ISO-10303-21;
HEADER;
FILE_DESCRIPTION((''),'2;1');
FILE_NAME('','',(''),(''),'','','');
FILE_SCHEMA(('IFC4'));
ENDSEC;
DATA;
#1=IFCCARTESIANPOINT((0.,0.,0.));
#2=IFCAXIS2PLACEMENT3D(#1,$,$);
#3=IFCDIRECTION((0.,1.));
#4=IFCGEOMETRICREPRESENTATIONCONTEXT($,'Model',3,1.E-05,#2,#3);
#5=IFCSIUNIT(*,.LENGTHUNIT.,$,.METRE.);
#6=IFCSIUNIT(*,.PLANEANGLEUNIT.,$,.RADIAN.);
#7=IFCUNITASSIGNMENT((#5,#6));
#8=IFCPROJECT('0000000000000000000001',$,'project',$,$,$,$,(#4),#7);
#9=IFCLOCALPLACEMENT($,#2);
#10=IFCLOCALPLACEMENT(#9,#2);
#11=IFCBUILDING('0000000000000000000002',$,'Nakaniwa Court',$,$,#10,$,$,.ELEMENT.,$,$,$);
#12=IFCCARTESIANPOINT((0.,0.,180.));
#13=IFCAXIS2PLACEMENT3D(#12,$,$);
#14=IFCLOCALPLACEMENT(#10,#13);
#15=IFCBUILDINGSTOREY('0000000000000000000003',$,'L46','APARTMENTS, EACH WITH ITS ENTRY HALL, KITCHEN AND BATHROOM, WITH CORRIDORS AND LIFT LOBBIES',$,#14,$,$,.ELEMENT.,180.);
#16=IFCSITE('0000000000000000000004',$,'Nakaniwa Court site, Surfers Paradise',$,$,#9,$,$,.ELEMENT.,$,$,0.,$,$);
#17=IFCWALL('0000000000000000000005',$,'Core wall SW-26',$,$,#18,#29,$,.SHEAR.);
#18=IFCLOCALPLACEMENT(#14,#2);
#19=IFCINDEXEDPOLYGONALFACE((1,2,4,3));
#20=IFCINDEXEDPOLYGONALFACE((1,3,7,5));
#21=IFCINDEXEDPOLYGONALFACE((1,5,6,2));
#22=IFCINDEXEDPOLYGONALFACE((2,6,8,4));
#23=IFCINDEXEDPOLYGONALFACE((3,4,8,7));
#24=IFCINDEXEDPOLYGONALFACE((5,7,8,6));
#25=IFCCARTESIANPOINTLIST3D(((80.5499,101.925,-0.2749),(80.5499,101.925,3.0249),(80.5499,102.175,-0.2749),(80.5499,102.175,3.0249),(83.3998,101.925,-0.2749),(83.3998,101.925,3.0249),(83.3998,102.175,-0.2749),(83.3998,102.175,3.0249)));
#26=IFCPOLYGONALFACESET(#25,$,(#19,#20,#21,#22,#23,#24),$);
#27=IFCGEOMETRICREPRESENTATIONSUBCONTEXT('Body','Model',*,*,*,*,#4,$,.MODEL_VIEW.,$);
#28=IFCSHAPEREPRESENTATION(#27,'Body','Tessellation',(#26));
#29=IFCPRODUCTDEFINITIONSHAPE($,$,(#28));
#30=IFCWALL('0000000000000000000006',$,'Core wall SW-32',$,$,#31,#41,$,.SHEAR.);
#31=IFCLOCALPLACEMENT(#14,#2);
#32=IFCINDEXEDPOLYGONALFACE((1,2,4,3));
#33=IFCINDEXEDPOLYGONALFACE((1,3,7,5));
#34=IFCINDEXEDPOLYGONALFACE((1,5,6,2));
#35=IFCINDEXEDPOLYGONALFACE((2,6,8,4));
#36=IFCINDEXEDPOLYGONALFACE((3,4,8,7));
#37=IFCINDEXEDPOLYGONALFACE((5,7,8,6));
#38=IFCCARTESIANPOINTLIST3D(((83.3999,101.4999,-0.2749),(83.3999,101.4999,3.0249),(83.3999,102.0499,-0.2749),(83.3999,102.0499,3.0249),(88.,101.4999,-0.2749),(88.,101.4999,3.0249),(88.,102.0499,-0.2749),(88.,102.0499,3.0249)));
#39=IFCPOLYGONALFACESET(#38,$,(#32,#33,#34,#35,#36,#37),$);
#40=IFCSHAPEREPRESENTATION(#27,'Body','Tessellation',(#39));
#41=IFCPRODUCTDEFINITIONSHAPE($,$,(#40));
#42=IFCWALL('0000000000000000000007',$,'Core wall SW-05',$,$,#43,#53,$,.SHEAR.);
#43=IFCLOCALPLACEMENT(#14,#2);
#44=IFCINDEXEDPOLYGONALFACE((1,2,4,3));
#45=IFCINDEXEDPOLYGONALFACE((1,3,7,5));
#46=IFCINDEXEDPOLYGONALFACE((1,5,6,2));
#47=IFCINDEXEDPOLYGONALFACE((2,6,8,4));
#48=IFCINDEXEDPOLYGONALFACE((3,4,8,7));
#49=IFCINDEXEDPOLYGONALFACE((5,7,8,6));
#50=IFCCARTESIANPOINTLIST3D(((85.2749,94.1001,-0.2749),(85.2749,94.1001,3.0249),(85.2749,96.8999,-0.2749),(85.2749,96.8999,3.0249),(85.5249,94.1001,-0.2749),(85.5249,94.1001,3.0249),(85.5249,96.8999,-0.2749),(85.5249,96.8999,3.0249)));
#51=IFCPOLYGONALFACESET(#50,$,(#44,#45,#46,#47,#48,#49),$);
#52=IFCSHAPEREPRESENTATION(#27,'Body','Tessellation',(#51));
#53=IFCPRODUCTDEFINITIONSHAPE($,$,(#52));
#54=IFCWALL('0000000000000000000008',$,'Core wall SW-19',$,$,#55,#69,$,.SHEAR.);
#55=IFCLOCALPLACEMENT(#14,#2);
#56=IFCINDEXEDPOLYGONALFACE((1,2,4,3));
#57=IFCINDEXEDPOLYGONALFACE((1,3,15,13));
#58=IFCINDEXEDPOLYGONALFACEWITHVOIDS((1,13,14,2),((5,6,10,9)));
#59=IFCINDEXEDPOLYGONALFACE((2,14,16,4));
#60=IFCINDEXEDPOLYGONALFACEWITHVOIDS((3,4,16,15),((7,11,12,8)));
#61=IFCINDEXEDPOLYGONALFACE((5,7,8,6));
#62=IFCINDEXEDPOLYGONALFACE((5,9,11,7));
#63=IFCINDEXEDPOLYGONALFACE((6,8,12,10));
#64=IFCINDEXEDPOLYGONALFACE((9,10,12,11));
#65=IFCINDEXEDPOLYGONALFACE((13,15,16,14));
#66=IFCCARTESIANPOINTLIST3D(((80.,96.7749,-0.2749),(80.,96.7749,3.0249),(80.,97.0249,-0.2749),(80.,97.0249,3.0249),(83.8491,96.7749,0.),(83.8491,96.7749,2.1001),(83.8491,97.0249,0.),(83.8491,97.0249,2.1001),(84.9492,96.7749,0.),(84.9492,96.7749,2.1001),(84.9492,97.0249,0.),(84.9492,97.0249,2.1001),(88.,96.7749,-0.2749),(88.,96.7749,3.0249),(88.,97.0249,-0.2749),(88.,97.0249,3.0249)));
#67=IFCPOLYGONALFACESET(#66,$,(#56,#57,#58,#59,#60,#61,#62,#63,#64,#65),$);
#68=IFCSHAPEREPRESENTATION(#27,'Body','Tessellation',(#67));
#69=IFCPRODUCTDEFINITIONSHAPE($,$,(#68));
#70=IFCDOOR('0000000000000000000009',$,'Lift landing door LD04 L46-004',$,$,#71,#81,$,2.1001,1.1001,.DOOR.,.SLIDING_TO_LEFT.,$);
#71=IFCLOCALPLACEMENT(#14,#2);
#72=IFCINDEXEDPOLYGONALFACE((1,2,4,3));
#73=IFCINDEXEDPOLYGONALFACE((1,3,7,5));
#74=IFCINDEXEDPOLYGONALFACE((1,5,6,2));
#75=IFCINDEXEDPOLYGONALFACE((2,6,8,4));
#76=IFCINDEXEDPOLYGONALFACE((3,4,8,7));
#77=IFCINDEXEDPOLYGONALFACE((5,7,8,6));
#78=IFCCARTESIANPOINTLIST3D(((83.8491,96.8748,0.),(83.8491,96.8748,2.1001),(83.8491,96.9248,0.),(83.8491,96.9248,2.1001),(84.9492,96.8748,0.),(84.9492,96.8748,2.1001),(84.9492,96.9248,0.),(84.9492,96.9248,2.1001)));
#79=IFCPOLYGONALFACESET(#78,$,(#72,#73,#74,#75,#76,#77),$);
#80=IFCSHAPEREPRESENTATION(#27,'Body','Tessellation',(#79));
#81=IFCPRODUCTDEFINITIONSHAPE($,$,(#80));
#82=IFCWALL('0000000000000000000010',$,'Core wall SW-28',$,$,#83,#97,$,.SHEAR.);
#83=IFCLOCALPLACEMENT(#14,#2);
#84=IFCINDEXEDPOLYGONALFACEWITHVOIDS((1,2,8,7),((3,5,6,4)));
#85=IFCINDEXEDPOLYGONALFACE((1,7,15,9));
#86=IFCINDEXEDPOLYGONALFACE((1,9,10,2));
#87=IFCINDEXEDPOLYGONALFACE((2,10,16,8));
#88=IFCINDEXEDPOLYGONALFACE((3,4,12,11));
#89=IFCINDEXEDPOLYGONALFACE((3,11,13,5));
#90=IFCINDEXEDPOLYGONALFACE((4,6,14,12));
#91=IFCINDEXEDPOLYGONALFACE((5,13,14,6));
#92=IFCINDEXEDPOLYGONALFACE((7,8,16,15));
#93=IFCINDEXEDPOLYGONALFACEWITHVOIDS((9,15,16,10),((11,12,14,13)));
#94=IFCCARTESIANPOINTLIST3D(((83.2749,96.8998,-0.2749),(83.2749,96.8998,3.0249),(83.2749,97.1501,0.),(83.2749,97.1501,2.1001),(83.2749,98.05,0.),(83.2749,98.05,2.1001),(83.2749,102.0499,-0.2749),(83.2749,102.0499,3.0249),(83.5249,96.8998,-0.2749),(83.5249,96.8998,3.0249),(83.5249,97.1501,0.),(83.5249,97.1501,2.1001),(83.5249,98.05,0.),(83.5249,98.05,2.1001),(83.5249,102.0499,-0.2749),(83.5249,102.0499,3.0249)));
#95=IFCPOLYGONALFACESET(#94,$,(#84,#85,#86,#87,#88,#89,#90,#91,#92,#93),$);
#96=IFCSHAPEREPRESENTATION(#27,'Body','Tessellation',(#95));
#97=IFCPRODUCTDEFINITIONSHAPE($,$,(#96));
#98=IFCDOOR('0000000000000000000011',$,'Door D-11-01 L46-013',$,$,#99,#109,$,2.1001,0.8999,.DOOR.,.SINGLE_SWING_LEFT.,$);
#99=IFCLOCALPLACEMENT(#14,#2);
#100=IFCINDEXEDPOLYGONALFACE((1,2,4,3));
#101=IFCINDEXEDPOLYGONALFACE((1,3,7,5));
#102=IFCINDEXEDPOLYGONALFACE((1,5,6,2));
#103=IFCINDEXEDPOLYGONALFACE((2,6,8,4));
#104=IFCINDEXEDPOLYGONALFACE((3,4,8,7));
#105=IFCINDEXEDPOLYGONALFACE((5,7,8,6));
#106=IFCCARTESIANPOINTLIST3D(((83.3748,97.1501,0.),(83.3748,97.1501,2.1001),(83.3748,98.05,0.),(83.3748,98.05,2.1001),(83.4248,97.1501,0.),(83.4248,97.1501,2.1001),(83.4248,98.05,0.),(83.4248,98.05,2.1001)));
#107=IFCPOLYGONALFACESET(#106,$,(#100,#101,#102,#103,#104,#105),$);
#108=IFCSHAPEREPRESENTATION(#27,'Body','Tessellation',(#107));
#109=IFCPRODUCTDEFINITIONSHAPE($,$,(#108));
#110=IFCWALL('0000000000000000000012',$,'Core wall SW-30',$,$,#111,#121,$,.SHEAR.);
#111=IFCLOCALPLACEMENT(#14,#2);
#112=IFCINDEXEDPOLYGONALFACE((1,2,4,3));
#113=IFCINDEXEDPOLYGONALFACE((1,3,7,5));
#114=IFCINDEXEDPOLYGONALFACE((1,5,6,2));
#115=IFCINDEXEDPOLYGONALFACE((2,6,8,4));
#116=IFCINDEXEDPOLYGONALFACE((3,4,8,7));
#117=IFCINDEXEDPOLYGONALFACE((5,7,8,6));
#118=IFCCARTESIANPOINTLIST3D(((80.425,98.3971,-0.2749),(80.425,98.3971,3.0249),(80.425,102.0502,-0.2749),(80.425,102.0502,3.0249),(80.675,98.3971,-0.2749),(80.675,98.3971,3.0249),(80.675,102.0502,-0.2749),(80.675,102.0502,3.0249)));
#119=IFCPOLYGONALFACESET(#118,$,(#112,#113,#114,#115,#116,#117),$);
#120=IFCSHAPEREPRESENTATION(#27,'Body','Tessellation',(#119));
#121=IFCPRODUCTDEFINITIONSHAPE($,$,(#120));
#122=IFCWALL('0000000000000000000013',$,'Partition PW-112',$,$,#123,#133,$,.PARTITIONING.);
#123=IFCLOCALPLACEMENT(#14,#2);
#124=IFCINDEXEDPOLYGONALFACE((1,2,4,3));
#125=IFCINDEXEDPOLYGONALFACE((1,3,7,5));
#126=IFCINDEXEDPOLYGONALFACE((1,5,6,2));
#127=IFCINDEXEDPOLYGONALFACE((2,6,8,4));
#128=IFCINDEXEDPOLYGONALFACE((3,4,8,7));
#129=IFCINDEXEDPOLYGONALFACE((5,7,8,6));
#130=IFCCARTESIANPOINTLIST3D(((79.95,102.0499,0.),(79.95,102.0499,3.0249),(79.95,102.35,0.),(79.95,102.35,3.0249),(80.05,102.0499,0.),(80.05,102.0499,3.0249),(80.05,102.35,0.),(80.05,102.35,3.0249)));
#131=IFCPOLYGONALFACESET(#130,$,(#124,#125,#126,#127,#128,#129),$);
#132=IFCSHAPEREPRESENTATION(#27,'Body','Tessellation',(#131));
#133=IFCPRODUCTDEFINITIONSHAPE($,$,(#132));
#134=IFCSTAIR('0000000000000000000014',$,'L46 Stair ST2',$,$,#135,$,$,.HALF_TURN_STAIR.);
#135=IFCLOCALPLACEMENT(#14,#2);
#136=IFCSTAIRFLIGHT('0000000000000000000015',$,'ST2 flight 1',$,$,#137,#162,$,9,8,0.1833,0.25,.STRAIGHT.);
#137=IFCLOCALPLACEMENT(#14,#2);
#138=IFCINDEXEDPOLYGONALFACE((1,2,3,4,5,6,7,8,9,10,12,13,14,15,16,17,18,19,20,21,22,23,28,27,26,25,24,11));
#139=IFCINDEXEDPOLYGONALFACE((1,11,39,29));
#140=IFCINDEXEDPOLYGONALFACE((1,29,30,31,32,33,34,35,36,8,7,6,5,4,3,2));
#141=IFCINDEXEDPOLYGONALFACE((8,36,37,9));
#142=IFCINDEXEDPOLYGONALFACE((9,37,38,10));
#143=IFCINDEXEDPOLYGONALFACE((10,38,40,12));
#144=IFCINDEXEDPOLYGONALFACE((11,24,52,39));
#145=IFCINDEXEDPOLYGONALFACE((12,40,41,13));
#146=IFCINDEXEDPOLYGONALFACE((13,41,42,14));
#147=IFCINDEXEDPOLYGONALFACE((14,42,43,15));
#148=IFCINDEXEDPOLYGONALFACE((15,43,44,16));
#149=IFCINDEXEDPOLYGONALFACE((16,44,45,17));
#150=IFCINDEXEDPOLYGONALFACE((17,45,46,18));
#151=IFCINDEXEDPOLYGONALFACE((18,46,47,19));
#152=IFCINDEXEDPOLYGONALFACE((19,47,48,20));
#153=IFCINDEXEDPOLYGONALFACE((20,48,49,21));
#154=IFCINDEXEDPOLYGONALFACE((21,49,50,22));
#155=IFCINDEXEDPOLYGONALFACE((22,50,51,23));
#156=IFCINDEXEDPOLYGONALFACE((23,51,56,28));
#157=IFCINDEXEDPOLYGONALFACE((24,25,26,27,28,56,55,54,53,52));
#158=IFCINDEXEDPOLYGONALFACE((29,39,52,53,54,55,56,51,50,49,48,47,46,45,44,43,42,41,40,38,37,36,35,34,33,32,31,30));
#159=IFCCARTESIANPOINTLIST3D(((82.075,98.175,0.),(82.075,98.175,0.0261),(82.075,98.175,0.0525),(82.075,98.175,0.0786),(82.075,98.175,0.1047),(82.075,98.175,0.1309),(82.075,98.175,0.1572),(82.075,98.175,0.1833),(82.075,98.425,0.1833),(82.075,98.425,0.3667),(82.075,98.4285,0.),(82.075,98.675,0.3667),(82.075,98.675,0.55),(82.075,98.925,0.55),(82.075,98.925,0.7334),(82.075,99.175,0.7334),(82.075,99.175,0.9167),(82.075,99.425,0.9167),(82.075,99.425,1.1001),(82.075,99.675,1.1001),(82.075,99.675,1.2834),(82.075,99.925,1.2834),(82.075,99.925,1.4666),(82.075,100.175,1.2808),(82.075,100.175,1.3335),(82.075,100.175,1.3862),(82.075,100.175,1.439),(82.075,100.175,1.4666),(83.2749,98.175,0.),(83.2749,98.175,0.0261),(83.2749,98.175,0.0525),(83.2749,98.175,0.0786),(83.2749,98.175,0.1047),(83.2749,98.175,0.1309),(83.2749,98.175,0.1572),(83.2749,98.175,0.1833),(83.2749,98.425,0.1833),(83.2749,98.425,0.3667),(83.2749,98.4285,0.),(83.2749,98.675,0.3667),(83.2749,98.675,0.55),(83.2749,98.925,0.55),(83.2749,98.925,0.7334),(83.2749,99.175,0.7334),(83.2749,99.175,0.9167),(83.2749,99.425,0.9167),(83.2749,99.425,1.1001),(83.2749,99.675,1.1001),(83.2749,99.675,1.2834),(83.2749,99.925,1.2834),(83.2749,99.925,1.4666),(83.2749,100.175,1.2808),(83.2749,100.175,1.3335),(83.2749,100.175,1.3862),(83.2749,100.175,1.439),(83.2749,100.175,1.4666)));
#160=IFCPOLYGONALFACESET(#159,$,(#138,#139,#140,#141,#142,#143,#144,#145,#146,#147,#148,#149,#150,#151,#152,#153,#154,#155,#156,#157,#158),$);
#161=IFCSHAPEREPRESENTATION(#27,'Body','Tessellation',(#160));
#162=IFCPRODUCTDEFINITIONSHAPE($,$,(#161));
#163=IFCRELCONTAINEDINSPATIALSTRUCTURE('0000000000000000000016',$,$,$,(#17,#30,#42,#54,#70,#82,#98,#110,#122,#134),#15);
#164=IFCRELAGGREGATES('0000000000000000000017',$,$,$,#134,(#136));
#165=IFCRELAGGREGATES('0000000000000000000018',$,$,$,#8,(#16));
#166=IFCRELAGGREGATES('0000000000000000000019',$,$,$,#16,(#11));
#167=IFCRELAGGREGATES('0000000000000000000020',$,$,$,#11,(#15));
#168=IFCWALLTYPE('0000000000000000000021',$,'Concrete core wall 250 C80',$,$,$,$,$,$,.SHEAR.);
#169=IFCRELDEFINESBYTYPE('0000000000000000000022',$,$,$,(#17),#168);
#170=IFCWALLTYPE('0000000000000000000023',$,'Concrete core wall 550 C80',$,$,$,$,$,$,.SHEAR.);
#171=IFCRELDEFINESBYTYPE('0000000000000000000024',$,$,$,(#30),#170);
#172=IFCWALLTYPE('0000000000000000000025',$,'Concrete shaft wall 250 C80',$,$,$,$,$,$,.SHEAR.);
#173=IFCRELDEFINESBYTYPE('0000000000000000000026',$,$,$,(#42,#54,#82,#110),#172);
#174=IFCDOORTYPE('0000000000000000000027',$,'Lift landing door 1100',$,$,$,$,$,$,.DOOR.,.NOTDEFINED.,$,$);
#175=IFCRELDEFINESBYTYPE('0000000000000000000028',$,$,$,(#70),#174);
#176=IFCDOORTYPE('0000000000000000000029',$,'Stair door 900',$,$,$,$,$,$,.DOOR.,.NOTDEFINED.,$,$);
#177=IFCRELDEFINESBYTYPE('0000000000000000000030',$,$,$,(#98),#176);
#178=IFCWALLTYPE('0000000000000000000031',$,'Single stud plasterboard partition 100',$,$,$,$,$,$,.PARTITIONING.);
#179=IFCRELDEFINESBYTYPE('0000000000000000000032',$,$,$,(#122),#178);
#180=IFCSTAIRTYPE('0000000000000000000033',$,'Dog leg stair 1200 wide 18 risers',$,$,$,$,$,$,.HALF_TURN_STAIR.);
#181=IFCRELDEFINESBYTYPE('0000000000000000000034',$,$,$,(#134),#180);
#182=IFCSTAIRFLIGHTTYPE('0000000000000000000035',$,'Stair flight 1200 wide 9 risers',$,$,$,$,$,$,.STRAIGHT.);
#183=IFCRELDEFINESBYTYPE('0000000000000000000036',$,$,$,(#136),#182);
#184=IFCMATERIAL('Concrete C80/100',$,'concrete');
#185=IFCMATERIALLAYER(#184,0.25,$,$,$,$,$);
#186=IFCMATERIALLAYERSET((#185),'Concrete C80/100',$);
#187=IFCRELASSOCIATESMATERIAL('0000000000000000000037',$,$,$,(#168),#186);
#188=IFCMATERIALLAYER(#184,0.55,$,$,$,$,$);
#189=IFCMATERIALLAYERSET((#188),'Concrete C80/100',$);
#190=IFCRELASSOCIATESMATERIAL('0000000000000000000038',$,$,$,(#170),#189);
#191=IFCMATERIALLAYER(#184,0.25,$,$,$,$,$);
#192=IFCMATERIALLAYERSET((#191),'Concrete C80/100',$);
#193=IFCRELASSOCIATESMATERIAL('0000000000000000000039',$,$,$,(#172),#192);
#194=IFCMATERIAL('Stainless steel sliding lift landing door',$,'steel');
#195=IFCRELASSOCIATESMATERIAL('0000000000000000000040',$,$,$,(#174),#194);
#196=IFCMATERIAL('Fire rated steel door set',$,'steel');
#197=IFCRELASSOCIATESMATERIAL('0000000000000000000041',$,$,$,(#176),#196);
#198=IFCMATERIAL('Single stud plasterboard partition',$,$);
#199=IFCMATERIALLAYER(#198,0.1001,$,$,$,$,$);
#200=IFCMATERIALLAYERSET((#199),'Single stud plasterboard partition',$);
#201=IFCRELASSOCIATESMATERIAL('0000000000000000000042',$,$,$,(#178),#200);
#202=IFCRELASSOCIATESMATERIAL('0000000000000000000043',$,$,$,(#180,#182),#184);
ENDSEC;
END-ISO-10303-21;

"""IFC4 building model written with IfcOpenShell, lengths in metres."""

from ifc_helpers import new_model, si_unit, direction, frame, frame_2d, origin, place, context, subcontext, project, spatial, polyline, rectangle, outline, extrude, material, layer, layer_set, type_object, element, fill, aggregate, save


model = new_model("IFC4")

# Units and contexts
model_context = context("Model", 3, precision=1e-05, world=origin(), true_north=direction((0.0, 1.0)))
body_context = subcontext(model_context, "Body", "Model", "MODEL_VIEW")
ifc_project = project(units=[si_unit("LENGTHUNIT", "METRE"), si_unit("PLANEANGLEUNIT", "RADIAN")], contexts=[model_context])

# Site, building, storey
site_placement = place(None, origin())
site = spatial("IfcSite", under=ifc_project, at=site_placement, Name="Nakaniwa Court site, Surfers Paradise", CompositionType="ELEMENT", RefElevation=0.0)
building_placement = place(site_placement, origin())
building = spatial("IfcBuilding", under=site, at=building_placement, Name="Nakaniwa Court", CompositionType="ELEMENT")
storey_placement = place(building_placement, frame((0.0, 0.0, 180.0)))
storey = spatial("IfcBuildingStorey", under=building, at=storey_placement, Name="L46", Description="APARTMENTS, EACH WITH ITS ENTRY HALL, KITCHEN AND BATHROOM, WITH CORRIDORS AND LIFT LOBBIES", CompositionType="ELEMENT", Elevation=180.0)

# Shared definitions
ifc_material_1 = material(Name="Fire rated steel door set", Category="steel")
ifc_material_2 = material(Name="Concrete C80/100", Category="concrete")

# Walls
ifc_layer_1 = layer(ifc_material_2, 0.25)
ifc_layer_set_1 = layer_set([ifc_layer_1], Name="Concrete C80/100")
wall_type_1 = type_object("IfcWallType", Name="Concrete core wall 250 C80", PredefinedType="SHEAR", material=ifc_layer_set_1)
wall_1_placement = place(storey_placement, frame((80.55, 102.05, -0.2749), z_axis=(0.0, 0.0, 1.0), x_axis=(1.0, 0.0, 0.0)))
element("IfcWall", 1, at=wall_1_placement, inside=storey, type_object=wall_type_1, Name="Core wall SW-26", PredefinedType="SHEAR", context=body_context, shape_type="SweptSolid", body=[
    extrude(rectangle(XDim=2.8499, YDim=0.25, at=frame_2d((1.4248, 0.0))), origin(), (0.0, 0.0, 1.0), 3.2998),
])
ifc_layer_2 = layer(ifc_material_2, 0.55)
ifc_layer_set_2 = layer_set([ifc_layer_2], Name="Concrete C80/100")
wall_type_2 = type_object("IfcWallType", Name="Concrete core wall 550 C80", PredefinedType="SHEAR", material=ifc_layer_set_2)
wall_2_placement = place(storey_placement, frame((83.3999, 101.7749, -0.2749), z_axis=(0.0, 0.0, 1.0), x_axis=(1.0, 0.0, 0.0)))
element("IfcWall", 2, at=wall_2_placement, inside=storey, type_object=wall_type_2, Name="Core wall SW-32", PredefinedType="SHEAR", context=body_context, shape_type="SweptSolid", body=[
    extrude(rectangle(XDim=4.6001, YDim=0.55, at=frame_2d((2.3, 0.0))), origin(), (0.0, 0.0, 1.0), 3.2998),
])
ifc_layer_3 = layer(ifc_material_2, 0.25)
ifc_layer_set_3 = layer_set([ifc_layer_3], Name="Concrete C80/100")
wall_type_3 = type_object("IfcWallType", Name="Concrete shaft wall 250 C80", PredefinedType="SHEAR", material=ifc_layer_set_3)
wall_3_placement = place(storey_placement, frame((85.3999, 94.1001, -0.2749), z_axis=(0.0, 0.0, 1.0), x_axis=(0.0, 1.0, 0.0)))
element("IfcWall", 3, at=wall_3_placement, inside=storey, type_object=wall_type_3, Name="Core wall SW-05", PredefinedType="SHEAR", context=body_context, shape_type="SweptSolid", body=[
    extrude(rectangle(XDim=2.7998, YDim=0.25, at=frame_2d((1.3999, 0.0))), origin(), (0.0, 0.0, 1.0), 3.2998),
])

# Walls, openings, doors
wall_4_placement = place(storey_placement, frame((80.0, 96.8999, -0.2749), z_axis=(0.0, 0.0, 1.0), x_axis=(1.0, 0.0, 0.0)))
wall_4 = element("IfcWall", 4, at=wall_4_placement, inside=storey, type_object=wall_type_3, Name="Core wall SW-19", PredefinedType="SHEAR", context=body_context, shape_type="SweptSolid", body=[
    extrude(rectangle(XDim=8.0, YDim=0.25, at=frame_2d((4.0, 0.0))), origin(), (0.0, 0.0, 1.0), 3.2998),
])
opening_1_placement = place(wall_4_placement, frame((3.8491, 0.0, 0.2749)))
opening_1 = element("IfcOpeningElement", 5, at=opening_1_placement, cuts=wall_4, PredefinedType="OPENING", context=body_context, shape_type="SweptSolid", body=[
    extrude(rectangle(XDim=1.1001, YDim=2.1001, at=frame_2d((0.55, 1.05))), frame((0.0, 0.135, 0.0), z_axis=(0.0, -1.0, 0.0), x_axis=(1.0, 0.0, 0.0)), (0.0, 0.0, 1.0), 0.27),
])
ifc_material_3 = material(Name="Stainless steel sliding lift landing door", Category="steel")
door_type_1 = type_object("IfcDoorType", Name="Lift landing door 1100", OperationType="NOTDEFINED", PredefinedType="DOOR", material=ifc_material_3)
door_1_placement = place(opening_1_placement, origin())
door_1 = element("IfcDoor", 6, at=door_1_placement, inside=storey, type_object=door_type_1, Name="Lift landing door LD04 L46-004", OperationType="SLIDING_TO_LEFT", OverallHeight=2.1001, OverallWidth=1.1001, PredefinedType="DOOR", context=body_context, shape_type="SweptSolid", body=[
    extrude(rectangle(XDim=1.1001, YDim=2.1001, at=frame_2d((0.55, 1.05))), frame((0.0, 0.0249, 0.0), z_axis=(0.0, -1.0, 0.0), x_axis=(1.0, 0.0, 0.0)), (0.0, 0.0, 1.0), 0.05),
])
fill(opening_1, door_1)
wall_5_placement = place(storey_placement, frame((83.3999, 102.05, -0.2749), z_axis=(0.0, 0.0, 1.0), x_axis=(0.0, -1.0, 0.0)))
wall_5 = element("IfcWall", 7, at=wall_5_placement, inside=storey, type_object=wall_type_3, Name="Core wall SW-28", PredefinedType="SHEAR", context=body_context, shape_type="SweptSolid", body=[
    extrude(rectangle(XDim=5.1501, YDim=0.25, at=frame_2d((2.5752, 0.0))), origin(), (0.0, 0.0, 1.0), 3.2998),
])
opening_2_placement = place(wall_5_placement, frame((4.0, 0.0, 0.2749)))
opening_2 = element("IfcOpeningElement", 8, at=opening_2_placement, cuts=wall_5, PredefinedType="OPENING", context=body_context, shape_type="SweptSolid", body=[
    extrude(rectangle(XDim=0.8999, YDim=2.1001, at=frame_2d((0.45, 1.05))), frame((0.0, 0.135, 0.0), z_axis=(0.0, -1.0, 0.0), x_axis=(1.0, 0.0, 0.0)), (0.0, 0.0, 1.0), 0.27),
])
door_type_2 = type_object("IfcDoorType", Name="Stair door 900", OperationType="NOTDEFINED", PredefinedType="DOOR", material=ifc_material_1)
door_2_placement = place(opening_2_placement, origin())
door_2 = element("IfcDoor", 9, at=door_2_placement, inside=storey, type_object=door_type_2, Name="Door D-11-01 L46-013", OperationType="SINGLE_SWING_LEFT", OverallHeight=2.1001, OverallWidth=0.8999, PredefinedType="DOOR", context=body_context, shape_type="SweptSolid", body=[
    extrude(rectangle(XDim=0.8999, YDim=2.1001, at=frame_2d((0.45, 1.05))), frame((0.0, 0.0249, 0.0), z_axis=(0.0, -1.0, 0.0), x_axis=(1.0, 0.0, 0.0)), (0.0, 0.0, 1.0), 0.05),
])
fill(opening_2, door_2)

# Walls
wall_6_placement = place(storey_placement, frame((80.55, 98.397, -0.2749), z_axis=(0.0, 0.0, 1.0), x_axis=(0.0, 1.0, 0.0)))
element("IfcWall", 10, at=wall_6_placement, inside=storey, type_object=wall_type_3, Name="Core wall SW-30", PredefinedType="SHEAR", context=body_context, shape_type="SweptSolid", body=[
    extrude(rectangle(XDim=3.6531, YDim=0.25, at=frame_2d((1.8267, 0.0))), origin(), (0.0, 0.0, 1.0), 3.2998),
])
ifc_material_4 = material(Name="Single stud plasterboard partition")
ifc_layer_4 = layer(ifc_material_4, 0.1001)
ifc_layer_set_4 = layer_set([ifc_layer_4], Name="Single stud plasterboard partition")
wall_type_4 = type_object("IfcWallType", Name="Single stud plasterboard partition 100", PredefinedType="PARTITIONING", material=ifc_layer_set_4)
wall_7_placement = place(storey_placement, frame((80.0, 102.05, 0.0), z_axis=(0.0, 0.0, 1.0), x_axis=(0.0, 1.0, 0.0)))
element("IfcWall", 11, at=wall_7_placement, inside=storey, type_object=wall_type_4, Name="Partition PW-112", PredefinedType="PARTITIONING", context=body_context, shape_type="SweptSolid", body=[
    extrude(rectangle(XDim=0.3, YDim=0.1001, at=frame_2d((0.1499, 0.0))), origin(), (0.0, 0.0, 1.0), 3.0249),
])

# Stair, stair flight
stair_type = type_object("IfcStairType", Name="Dog leg stair 1200 wide 18 risers", PredefinedType="HALF_TURN_STAIR", material=ifc_material_2)
stair_placement = place(storey_placement, origin())
stair = element("IfcStair", 12, at=stair_placement, inside=storey, type_object=stair_type, Name="L46 Stair ST2", PredefinedType="HALF_TURN_STAIR")
stair_flight_type = type_object("IfcStairFlightType", Name="Stair flight 1200 wide 9 risers", PredefinedType="STRAIGHT", material=ifc_material_2)
stair_flight_1_placement = place(storey_placement, frame((82.675, 98.175, 0.0), z_axis=(0.0, 0.0, 1.0), x_axis=(0.0, 1.0, 0.0)))
stair_flight_1 = element("IfcStairFlight", 13, at=stair_flight_1_placement, type_object=stair_flight_type, Name="ST2 flight 1", NumberOfRisers=9, NumberOfTreads=8, PredefinedType="STRAIGHT", RiserHeight=0.1833, TreadLength=0.25, context=body_context, shape_type="SweptSolid", body=[
    extrude(outline(polyline([(0.0, 0.0), (0.0, 0.0261), (0.0, 0.0525), (0.0, 0.0786), (0.0, 0.1047), (0.0, 0.1309), (0.0, 0.1572), (0.0, 0.1833), (0.25, 0.1833), (0.25, 0.3667), (0.5, 0.3667), (0.5, 0.55), (0.75, 0.55), (0.75, 0.7334), (1.0, 0.7334), (1.0, 0.9167), (1.25, 0.9167), (1.25, 1.1001), (1.5, 1.1001), (1.5, 1.2834), (1.75, 1.2834), (1.75, 1.4666), (2.0, 1.4666), (2.0, 1.6499), (2.0, 1.5972), (2.0, 1.5444), (2.0, 1.4917), (2.0, 1.439), (2.0, 1.3862), (2.0, 1.3335), (2.0, 1.2808), (0.2534, 0.0), (0.0, 0.0)])), frame((0.0, 0.6001, 0.0), z_axis=(0.0, -1.0, 0.0), x_axis=(1.0, 0.0, 0.0)), (0.0, 0.0, 1.0), 1.2),
])
aggregate(stair, [stair_flight_1])

save(model, "model.ifc")
